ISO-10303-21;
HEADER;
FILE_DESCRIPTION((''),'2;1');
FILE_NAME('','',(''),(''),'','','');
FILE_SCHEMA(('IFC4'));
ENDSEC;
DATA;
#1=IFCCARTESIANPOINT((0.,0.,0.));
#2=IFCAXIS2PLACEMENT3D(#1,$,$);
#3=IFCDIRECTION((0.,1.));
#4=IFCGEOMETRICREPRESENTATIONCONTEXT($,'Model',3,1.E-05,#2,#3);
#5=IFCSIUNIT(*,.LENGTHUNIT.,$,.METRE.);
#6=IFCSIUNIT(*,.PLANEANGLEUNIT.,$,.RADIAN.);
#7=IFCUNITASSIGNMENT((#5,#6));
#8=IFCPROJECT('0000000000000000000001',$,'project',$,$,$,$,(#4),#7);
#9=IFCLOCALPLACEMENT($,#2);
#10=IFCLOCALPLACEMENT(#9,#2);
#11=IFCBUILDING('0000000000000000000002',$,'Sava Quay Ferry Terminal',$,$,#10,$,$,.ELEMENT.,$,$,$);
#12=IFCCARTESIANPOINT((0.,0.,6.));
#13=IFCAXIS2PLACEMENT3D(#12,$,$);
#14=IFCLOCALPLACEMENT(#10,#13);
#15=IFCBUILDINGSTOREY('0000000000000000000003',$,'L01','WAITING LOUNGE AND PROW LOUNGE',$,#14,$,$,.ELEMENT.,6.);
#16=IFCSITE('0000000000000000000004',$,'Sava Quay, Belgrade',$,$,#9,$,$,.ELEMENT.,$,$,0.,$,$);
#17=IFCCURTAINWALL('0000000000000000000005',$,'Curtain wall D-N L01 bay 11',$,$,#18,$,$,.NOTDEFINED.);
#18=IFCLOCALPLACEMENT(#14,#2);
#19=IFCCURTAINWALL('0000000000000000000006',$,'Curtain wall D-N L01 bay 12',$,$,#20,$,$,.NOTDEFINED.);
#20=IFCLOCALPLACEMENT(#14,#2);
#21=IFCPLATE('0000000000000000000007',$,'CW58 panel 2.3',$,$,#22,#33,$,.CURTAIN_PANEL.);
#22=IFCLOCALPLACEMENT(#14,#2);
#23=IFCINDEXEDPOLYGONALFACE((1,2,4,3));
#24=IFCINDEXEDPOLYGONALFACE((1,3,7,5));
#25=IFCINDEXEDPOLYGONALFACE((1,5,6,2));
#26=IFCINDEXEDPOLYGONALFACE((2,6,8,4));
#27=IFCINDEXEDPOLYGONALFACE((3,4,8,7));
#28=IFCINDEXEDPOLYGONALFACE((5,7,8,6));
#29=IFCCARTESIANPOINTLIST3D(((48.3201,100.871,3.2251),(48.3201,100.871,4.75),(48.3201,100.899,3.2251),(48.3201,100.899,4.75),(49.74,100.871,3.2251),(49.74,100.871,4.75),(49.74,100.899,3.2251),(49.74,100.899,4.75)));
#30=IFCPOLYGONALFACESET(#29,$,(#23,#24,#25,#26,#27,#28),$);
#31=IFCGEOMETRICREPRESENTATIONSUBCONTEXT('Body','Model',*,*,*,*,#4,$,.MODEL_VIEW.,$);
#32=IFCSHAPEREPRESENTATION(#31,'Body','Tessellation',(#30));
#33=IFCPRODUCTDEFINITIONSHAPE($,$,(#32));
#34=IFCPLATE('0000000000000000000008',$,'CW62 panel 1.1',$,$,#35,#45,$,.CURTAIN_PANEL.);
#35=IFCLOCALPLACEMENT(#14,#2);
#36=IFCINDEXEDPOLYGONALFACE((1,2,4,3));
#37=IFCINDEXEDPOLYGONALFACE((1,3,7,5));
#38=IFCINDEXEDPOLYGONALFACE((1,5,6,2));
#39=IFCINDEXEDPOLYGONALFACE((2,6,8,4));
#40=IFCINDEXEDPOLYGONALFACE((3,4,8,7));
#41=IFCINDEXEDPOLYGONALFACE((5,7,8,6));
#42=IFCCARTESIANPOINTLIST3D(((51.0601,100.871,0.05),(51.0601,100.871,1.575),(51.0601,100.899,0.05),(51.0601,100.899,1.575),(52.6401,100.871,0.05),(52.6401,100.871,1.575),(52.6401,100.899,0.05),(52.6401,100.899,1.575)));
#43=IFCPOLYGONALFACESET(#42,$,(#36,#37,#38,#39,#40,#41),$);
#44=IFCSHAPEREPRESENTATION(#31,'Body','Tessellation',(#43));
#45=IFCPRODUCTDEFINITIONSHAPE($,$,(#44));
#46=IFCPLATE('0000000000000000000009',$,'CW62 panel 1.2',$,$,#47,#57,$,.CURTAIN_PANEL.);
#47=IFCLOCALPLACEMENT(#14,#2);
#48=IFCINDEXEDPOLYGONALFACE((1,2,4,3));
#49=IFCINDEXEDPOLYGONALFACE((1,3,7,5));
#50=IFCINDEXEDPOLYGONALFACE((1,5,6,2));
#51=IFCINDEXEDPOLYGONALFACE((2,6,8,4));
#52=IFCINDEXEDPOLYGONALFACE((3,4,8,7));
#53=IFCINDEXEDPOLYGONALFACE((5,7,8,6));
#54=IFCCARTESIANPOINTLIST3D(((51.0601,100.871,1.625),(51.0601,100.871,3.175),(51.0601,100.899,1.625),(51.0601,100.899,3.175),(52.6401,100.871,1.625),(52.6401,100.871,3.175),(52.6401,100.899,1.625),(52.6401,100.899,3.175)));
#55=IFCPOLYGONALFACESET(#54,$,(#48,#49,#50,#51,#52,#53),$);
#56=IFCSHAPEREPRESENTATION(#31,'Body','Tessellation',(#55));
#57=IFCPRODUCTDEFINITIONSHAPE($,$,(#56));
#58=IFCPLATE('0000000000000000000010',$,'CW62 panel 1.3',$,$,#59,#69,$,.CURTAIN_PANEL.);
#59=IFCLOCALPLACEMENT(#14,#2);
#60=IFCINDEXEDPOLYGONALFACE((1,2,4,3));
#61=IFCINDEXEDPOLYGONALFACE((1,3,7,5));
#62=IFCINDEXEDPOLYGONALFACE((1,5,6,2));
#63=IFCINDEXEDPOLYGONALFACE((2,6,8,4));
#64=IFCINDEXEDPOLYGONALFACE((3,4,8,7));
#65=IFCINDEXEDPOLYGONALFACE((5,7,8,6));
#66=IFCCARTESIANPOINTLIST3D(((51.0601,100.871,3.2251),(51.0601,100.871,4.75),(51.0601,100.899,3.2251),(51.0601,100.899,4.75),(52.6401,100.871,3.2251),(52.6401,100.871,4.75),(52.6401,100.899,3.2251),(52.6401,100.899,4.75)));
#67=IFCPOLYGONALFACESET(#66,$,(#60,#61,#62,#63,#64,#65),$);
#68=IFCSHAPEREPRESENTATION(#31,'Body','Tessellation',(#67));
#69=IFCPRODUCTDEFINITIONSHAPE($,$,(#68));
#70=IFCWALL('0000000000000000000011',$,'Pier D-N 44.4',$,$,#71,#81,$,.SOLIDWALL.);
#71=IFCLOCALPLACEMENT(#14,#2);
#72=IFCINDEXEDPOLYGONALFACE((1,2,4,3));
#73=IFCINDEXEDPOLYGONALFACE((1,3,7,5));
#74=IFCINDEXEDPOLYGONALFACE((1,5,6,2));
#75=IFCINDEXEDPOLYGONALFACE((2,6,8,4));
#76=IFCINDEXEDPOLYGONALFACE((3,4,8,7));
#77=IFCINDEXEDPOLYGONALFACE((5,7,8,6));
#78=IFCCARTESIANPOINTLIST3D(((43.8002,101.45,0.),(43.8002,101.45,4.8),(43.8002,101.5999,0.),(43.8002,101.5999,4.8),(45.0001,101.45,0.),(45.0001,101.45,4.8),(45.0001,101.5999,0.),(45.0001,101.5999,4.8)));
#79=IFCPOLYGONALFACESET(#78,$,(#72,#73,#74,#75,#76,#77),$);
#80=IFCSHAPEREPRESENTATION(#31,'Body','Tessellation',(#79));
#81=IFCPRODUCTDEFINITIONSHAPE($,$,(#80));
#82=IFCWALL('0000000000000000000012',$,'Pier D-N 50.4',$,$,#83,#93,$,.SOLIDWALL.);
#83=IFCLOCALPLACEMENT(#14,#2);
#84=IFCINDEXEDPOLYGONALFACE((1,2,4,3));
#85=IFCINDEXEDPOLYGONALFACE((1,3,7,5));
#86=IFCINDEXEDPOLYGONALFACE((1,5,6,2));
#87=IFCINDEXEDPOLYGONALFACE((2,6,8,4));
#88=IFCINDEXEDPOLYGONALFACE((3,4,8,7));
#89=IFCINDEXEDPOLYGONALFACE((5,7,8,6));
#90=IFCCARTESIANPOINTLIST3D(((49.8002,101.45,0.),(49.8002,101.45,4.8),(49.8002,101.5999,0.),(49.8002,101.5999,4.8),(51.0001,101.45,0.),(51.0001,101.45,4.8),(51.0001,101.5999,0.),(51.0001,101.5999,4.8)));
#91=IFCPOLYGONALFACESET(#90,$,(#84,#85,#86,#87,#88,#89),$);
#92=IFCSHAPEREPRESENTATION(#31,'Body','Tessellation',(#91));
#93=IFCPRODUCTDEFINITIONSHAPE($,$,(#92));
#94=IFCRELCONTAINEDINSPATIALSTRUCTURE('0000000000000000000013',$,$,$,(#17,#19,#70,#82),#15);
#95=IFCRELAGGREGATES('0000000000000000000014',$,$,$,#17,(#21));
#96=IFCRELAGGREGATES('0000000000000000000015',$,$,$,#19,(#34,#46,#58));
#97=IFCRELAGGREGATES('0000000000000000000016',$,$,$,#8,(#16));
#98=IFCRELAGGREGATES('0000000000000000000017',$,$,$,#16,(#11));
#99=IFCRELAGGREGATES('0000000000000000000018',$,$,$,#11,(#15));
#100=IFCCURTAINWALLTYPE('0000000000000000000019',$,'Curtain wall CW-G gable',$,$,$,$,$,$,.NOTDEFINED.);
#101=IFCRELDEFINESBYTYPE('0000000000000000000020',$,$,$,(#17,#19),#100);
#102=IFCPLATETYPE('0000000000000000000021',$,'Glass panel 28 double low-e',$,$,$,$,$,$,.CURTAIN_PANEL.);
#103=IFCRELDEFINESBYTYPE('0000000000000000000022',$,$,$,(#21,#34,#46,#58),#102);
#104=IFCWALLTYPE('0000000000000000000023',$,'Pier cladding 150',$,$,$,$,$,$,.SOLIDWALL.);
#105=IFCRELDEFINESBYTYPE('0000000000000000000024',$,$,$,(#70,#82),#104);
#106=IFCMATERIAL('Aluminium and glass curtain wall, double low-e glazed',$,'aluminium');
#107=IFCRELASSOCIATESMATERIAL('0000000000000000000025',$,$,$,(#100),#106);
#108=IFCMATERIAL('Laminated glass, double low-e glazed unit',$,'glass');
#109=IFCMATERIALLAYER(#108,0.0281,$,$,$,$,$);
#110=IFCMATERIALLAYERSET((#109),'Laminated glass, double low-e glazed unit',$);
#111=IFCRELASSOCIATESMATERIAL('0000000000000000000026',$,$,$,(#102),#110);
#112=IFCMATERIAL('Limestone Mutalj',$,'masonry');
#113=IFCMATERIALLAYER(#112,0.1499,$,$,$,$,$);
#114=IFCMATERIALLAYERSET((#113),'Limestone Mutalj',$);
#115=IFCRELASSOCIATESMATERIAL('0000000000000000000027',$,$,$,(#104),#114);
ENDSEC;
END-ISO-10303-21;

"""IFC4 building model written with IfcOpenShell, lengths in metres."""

from ifc_helpers import new_model, si_unit, direction, frame, frame_2d, origin, origin_2d, place, context, subcontext, project, spatial, rectangle, extrude, material, layer, layer_set, type_object, element, aggregate, save


model = new_model("IFC4")

# Units and contexts
model_context = context("Model", 3, precision=1e-05, world=origin(), true_north=direction((0.0, 1.0)))
body_context = subcontext(model_context, "Body", "Model", "MODEL_VIEW")
ifc_project = project(units=[si_unit("LENGTHUNIT", "METRE"), si_unit("PLANEANGLEUNIT", "RADIAN")], contexts=[model_context])

# Site, building, storey
site_placement = place(None, origin())
site = spatial("IfcSite", under=ifc_project, at=site_placement, Name="Sava Quay, Belgrade", CompositionType="ELEMENT", RefElevation=0.0)
building_placement = place(site_placement, origin())
building = spatial("IfcBuilding", under=site, at=building_placement, Name="Sava Quay Ferry Terminal", CompositionType="ELEMENT")
storey_placement = place(building_placement, frame((0.0, 0.0, 6.0)))
storey = spatial("IfcBuildingStorey", under=building, at=storey_placement, Name="L01", Description="WAITING LOUNGE AND PROW LOUNGE", CompositionType="ELEMENT", Elevation=6.0)

# Curtain walls
ifc_material_1 = material(Name="Aluminium and glass curtain wall, double low-e glazed", Category="aluminium")
curtain_wall_type = type_object("IfcCurtainWallType", Name="Curtain wall CW-G gable", PredefinedType="NOTDEFINED", material=ifc_material_1)
curtain_wall_1_placement = place(storey_placement, origin())
curtain_wall_1 = element("IfcCurtainWall", 1, at=curtain_wall_1_placement, inside=storey, type_object=curtain_wall_type, Name="Curtain wall D-N L01 bay 11", PredefinedType="NOTDEFINED")
curtain_wall_2_placement = place(storey_placement, origin())
curtain_wall_2 = element("IfcCurtainWall", 2, at=curtain_wall_2_placement, inside=storey, type_object=curtain_wall_type, Name="Curtain wall D-N L01 bay 12", PredefinedType="NOTDEFINED")

# Plates
ifc_material_2 = material(Name="Laminated glass, double low-e glazed unit", Category="glass")
ifc_layer_1 = layer(ifc_material_2, 0.0281)
ifc_layer_set_1 = layer_set([ifc_layer_1], Name="Laminated glass, double low-e glazed unit")
plate_type = type_object("IfcPlateType", Name="Glass panel 28 double low-e", PredefinedType="CURTAIN_PANEL", material=ifc_layer_set_1)
plate_1_placement = place(storey_placement, frame((49.03, 100.885, 3.2251), z_axis=(0.0, 0.0, 1.0), x_axis=(1.0, 0.0, 0.0)))
plate_1 = element("IfcPlate", 3, at=plate_1_placement, type_object=plate_type, Name="CW58 panel 2.3", PredefinedType="CURTAIN_PANEL", context=body_context, shape_type="SweptSolid", body=[
    extrude(rectangle(XDim=1.4199, YDim=0.0281, at=origin_2d()), origin(), (0.0, 0.0, 1.0), 1.5249),
])
aggregate(curtain_wall_1, [plate_1])
plate_2_placement = place(storey_placement, frame((51.8501, 100.885, 0.05), z_axis=(0.0, 0.0, 1.0), x_axis=(1.0, 0.0, 0.0)))
plate_2 = element("IfcPlate", 4, at=plate_2_placement, type_object=plate_type, Name="CW62 panel 1.1", PredefinedType="CURTAIN_PANEL", context=body_context, shape_type="SweptSolid", body=[
    extrude(rectangle(XDim=1.5801, YDim=0.0281, at=origin_2d()), origin(), (0.0, 0.0, 1.0), 1.5249),
])
plate_3_placement = place(storey_placement, frame((51.8501, 100.885, 1.625), z_axis=(0.0, 0.0, 1.0), x_axis=(1.0, 0.0, 0.0)))
plate_3 = element("IfcPlate", 5, at=plate_3_placement, type_object=plate_type, Name="CW62 panel 1.2", PredefinedType="CURTAIN_PANEL", context=body_context, shape_type="SweptSolid", body=[
    extrude(rectangle(XDim=1.5801, YDim=0.0281, at=origin_2d()), origin(), (0.0, 0.0, 1.0), 1.55),
])
plate_4_placement = place(storey_placement, frame((51.8501, 100.885, 3.2251), z_axis=(0.0, 0.0, 1.0), x_axis=(1.0, 0.0, 0.0)))
plate_4 = element("IfcPlate", 6, at=plate_4_placement, type_object=plate_type, Name="CW62 panel 1.3", PredefinedType="CURTAIN_PANEL", context=body_context, shape_type="SweptSolid", body=[
    extrude(rectangle(XDim=1.5801, YDim=0.0281, at=origin_2d()), origin(), (0.0, 0.0, 1.0), 1.5249),
])
aggregate(curtain_wall_2, [plate_2, plate_3, plate_4])

# Walls
ifc_material_3 = material(Name="Limestone Mutalj", Category="masonry")
ifc_layer_2 = layer(ifc_material_3, 0.1499)
ifc_layer_set_2 = layer_set([ifc_layer_2], Name="Limestone Mutalj")
wall_type = type_object("IfcWallType", Name="Pier cladding 150", PredefinedType="SOLIDWALL", material=ifc_layer_set_2)
for number, where, z_axis, x_axis, name in (
    (7, (43.8, 101.5249, 0.0), (0.0, 0.0, 1.0), (1.0, 0.0, 0.0), "Pier D-N 44.4"),
    (8, (49.8, 101.5249, 0.0), (0.0, 0.0, 1.0), (1.0, 0.0, 0.0), "Pier D-N 50.4"),
):
    element("IfcWall", number, at=place(storey_placement, frame(where, z_axis=z_axis, x_axis=x_axis)), inside=storey, type_object=wall_type, Name=name, PredefinedType="SOLIDWALL", context=body_context, shape_type="SweptSolid", body=[
        extrude(rectangle(XDim=1.2, YDim=0.1499, at=frame_2d((0.6001, 0.0))), origin(), (0.0, 0.0, 1.0), 4.8),
    ])

save(model, "model.ifc")
